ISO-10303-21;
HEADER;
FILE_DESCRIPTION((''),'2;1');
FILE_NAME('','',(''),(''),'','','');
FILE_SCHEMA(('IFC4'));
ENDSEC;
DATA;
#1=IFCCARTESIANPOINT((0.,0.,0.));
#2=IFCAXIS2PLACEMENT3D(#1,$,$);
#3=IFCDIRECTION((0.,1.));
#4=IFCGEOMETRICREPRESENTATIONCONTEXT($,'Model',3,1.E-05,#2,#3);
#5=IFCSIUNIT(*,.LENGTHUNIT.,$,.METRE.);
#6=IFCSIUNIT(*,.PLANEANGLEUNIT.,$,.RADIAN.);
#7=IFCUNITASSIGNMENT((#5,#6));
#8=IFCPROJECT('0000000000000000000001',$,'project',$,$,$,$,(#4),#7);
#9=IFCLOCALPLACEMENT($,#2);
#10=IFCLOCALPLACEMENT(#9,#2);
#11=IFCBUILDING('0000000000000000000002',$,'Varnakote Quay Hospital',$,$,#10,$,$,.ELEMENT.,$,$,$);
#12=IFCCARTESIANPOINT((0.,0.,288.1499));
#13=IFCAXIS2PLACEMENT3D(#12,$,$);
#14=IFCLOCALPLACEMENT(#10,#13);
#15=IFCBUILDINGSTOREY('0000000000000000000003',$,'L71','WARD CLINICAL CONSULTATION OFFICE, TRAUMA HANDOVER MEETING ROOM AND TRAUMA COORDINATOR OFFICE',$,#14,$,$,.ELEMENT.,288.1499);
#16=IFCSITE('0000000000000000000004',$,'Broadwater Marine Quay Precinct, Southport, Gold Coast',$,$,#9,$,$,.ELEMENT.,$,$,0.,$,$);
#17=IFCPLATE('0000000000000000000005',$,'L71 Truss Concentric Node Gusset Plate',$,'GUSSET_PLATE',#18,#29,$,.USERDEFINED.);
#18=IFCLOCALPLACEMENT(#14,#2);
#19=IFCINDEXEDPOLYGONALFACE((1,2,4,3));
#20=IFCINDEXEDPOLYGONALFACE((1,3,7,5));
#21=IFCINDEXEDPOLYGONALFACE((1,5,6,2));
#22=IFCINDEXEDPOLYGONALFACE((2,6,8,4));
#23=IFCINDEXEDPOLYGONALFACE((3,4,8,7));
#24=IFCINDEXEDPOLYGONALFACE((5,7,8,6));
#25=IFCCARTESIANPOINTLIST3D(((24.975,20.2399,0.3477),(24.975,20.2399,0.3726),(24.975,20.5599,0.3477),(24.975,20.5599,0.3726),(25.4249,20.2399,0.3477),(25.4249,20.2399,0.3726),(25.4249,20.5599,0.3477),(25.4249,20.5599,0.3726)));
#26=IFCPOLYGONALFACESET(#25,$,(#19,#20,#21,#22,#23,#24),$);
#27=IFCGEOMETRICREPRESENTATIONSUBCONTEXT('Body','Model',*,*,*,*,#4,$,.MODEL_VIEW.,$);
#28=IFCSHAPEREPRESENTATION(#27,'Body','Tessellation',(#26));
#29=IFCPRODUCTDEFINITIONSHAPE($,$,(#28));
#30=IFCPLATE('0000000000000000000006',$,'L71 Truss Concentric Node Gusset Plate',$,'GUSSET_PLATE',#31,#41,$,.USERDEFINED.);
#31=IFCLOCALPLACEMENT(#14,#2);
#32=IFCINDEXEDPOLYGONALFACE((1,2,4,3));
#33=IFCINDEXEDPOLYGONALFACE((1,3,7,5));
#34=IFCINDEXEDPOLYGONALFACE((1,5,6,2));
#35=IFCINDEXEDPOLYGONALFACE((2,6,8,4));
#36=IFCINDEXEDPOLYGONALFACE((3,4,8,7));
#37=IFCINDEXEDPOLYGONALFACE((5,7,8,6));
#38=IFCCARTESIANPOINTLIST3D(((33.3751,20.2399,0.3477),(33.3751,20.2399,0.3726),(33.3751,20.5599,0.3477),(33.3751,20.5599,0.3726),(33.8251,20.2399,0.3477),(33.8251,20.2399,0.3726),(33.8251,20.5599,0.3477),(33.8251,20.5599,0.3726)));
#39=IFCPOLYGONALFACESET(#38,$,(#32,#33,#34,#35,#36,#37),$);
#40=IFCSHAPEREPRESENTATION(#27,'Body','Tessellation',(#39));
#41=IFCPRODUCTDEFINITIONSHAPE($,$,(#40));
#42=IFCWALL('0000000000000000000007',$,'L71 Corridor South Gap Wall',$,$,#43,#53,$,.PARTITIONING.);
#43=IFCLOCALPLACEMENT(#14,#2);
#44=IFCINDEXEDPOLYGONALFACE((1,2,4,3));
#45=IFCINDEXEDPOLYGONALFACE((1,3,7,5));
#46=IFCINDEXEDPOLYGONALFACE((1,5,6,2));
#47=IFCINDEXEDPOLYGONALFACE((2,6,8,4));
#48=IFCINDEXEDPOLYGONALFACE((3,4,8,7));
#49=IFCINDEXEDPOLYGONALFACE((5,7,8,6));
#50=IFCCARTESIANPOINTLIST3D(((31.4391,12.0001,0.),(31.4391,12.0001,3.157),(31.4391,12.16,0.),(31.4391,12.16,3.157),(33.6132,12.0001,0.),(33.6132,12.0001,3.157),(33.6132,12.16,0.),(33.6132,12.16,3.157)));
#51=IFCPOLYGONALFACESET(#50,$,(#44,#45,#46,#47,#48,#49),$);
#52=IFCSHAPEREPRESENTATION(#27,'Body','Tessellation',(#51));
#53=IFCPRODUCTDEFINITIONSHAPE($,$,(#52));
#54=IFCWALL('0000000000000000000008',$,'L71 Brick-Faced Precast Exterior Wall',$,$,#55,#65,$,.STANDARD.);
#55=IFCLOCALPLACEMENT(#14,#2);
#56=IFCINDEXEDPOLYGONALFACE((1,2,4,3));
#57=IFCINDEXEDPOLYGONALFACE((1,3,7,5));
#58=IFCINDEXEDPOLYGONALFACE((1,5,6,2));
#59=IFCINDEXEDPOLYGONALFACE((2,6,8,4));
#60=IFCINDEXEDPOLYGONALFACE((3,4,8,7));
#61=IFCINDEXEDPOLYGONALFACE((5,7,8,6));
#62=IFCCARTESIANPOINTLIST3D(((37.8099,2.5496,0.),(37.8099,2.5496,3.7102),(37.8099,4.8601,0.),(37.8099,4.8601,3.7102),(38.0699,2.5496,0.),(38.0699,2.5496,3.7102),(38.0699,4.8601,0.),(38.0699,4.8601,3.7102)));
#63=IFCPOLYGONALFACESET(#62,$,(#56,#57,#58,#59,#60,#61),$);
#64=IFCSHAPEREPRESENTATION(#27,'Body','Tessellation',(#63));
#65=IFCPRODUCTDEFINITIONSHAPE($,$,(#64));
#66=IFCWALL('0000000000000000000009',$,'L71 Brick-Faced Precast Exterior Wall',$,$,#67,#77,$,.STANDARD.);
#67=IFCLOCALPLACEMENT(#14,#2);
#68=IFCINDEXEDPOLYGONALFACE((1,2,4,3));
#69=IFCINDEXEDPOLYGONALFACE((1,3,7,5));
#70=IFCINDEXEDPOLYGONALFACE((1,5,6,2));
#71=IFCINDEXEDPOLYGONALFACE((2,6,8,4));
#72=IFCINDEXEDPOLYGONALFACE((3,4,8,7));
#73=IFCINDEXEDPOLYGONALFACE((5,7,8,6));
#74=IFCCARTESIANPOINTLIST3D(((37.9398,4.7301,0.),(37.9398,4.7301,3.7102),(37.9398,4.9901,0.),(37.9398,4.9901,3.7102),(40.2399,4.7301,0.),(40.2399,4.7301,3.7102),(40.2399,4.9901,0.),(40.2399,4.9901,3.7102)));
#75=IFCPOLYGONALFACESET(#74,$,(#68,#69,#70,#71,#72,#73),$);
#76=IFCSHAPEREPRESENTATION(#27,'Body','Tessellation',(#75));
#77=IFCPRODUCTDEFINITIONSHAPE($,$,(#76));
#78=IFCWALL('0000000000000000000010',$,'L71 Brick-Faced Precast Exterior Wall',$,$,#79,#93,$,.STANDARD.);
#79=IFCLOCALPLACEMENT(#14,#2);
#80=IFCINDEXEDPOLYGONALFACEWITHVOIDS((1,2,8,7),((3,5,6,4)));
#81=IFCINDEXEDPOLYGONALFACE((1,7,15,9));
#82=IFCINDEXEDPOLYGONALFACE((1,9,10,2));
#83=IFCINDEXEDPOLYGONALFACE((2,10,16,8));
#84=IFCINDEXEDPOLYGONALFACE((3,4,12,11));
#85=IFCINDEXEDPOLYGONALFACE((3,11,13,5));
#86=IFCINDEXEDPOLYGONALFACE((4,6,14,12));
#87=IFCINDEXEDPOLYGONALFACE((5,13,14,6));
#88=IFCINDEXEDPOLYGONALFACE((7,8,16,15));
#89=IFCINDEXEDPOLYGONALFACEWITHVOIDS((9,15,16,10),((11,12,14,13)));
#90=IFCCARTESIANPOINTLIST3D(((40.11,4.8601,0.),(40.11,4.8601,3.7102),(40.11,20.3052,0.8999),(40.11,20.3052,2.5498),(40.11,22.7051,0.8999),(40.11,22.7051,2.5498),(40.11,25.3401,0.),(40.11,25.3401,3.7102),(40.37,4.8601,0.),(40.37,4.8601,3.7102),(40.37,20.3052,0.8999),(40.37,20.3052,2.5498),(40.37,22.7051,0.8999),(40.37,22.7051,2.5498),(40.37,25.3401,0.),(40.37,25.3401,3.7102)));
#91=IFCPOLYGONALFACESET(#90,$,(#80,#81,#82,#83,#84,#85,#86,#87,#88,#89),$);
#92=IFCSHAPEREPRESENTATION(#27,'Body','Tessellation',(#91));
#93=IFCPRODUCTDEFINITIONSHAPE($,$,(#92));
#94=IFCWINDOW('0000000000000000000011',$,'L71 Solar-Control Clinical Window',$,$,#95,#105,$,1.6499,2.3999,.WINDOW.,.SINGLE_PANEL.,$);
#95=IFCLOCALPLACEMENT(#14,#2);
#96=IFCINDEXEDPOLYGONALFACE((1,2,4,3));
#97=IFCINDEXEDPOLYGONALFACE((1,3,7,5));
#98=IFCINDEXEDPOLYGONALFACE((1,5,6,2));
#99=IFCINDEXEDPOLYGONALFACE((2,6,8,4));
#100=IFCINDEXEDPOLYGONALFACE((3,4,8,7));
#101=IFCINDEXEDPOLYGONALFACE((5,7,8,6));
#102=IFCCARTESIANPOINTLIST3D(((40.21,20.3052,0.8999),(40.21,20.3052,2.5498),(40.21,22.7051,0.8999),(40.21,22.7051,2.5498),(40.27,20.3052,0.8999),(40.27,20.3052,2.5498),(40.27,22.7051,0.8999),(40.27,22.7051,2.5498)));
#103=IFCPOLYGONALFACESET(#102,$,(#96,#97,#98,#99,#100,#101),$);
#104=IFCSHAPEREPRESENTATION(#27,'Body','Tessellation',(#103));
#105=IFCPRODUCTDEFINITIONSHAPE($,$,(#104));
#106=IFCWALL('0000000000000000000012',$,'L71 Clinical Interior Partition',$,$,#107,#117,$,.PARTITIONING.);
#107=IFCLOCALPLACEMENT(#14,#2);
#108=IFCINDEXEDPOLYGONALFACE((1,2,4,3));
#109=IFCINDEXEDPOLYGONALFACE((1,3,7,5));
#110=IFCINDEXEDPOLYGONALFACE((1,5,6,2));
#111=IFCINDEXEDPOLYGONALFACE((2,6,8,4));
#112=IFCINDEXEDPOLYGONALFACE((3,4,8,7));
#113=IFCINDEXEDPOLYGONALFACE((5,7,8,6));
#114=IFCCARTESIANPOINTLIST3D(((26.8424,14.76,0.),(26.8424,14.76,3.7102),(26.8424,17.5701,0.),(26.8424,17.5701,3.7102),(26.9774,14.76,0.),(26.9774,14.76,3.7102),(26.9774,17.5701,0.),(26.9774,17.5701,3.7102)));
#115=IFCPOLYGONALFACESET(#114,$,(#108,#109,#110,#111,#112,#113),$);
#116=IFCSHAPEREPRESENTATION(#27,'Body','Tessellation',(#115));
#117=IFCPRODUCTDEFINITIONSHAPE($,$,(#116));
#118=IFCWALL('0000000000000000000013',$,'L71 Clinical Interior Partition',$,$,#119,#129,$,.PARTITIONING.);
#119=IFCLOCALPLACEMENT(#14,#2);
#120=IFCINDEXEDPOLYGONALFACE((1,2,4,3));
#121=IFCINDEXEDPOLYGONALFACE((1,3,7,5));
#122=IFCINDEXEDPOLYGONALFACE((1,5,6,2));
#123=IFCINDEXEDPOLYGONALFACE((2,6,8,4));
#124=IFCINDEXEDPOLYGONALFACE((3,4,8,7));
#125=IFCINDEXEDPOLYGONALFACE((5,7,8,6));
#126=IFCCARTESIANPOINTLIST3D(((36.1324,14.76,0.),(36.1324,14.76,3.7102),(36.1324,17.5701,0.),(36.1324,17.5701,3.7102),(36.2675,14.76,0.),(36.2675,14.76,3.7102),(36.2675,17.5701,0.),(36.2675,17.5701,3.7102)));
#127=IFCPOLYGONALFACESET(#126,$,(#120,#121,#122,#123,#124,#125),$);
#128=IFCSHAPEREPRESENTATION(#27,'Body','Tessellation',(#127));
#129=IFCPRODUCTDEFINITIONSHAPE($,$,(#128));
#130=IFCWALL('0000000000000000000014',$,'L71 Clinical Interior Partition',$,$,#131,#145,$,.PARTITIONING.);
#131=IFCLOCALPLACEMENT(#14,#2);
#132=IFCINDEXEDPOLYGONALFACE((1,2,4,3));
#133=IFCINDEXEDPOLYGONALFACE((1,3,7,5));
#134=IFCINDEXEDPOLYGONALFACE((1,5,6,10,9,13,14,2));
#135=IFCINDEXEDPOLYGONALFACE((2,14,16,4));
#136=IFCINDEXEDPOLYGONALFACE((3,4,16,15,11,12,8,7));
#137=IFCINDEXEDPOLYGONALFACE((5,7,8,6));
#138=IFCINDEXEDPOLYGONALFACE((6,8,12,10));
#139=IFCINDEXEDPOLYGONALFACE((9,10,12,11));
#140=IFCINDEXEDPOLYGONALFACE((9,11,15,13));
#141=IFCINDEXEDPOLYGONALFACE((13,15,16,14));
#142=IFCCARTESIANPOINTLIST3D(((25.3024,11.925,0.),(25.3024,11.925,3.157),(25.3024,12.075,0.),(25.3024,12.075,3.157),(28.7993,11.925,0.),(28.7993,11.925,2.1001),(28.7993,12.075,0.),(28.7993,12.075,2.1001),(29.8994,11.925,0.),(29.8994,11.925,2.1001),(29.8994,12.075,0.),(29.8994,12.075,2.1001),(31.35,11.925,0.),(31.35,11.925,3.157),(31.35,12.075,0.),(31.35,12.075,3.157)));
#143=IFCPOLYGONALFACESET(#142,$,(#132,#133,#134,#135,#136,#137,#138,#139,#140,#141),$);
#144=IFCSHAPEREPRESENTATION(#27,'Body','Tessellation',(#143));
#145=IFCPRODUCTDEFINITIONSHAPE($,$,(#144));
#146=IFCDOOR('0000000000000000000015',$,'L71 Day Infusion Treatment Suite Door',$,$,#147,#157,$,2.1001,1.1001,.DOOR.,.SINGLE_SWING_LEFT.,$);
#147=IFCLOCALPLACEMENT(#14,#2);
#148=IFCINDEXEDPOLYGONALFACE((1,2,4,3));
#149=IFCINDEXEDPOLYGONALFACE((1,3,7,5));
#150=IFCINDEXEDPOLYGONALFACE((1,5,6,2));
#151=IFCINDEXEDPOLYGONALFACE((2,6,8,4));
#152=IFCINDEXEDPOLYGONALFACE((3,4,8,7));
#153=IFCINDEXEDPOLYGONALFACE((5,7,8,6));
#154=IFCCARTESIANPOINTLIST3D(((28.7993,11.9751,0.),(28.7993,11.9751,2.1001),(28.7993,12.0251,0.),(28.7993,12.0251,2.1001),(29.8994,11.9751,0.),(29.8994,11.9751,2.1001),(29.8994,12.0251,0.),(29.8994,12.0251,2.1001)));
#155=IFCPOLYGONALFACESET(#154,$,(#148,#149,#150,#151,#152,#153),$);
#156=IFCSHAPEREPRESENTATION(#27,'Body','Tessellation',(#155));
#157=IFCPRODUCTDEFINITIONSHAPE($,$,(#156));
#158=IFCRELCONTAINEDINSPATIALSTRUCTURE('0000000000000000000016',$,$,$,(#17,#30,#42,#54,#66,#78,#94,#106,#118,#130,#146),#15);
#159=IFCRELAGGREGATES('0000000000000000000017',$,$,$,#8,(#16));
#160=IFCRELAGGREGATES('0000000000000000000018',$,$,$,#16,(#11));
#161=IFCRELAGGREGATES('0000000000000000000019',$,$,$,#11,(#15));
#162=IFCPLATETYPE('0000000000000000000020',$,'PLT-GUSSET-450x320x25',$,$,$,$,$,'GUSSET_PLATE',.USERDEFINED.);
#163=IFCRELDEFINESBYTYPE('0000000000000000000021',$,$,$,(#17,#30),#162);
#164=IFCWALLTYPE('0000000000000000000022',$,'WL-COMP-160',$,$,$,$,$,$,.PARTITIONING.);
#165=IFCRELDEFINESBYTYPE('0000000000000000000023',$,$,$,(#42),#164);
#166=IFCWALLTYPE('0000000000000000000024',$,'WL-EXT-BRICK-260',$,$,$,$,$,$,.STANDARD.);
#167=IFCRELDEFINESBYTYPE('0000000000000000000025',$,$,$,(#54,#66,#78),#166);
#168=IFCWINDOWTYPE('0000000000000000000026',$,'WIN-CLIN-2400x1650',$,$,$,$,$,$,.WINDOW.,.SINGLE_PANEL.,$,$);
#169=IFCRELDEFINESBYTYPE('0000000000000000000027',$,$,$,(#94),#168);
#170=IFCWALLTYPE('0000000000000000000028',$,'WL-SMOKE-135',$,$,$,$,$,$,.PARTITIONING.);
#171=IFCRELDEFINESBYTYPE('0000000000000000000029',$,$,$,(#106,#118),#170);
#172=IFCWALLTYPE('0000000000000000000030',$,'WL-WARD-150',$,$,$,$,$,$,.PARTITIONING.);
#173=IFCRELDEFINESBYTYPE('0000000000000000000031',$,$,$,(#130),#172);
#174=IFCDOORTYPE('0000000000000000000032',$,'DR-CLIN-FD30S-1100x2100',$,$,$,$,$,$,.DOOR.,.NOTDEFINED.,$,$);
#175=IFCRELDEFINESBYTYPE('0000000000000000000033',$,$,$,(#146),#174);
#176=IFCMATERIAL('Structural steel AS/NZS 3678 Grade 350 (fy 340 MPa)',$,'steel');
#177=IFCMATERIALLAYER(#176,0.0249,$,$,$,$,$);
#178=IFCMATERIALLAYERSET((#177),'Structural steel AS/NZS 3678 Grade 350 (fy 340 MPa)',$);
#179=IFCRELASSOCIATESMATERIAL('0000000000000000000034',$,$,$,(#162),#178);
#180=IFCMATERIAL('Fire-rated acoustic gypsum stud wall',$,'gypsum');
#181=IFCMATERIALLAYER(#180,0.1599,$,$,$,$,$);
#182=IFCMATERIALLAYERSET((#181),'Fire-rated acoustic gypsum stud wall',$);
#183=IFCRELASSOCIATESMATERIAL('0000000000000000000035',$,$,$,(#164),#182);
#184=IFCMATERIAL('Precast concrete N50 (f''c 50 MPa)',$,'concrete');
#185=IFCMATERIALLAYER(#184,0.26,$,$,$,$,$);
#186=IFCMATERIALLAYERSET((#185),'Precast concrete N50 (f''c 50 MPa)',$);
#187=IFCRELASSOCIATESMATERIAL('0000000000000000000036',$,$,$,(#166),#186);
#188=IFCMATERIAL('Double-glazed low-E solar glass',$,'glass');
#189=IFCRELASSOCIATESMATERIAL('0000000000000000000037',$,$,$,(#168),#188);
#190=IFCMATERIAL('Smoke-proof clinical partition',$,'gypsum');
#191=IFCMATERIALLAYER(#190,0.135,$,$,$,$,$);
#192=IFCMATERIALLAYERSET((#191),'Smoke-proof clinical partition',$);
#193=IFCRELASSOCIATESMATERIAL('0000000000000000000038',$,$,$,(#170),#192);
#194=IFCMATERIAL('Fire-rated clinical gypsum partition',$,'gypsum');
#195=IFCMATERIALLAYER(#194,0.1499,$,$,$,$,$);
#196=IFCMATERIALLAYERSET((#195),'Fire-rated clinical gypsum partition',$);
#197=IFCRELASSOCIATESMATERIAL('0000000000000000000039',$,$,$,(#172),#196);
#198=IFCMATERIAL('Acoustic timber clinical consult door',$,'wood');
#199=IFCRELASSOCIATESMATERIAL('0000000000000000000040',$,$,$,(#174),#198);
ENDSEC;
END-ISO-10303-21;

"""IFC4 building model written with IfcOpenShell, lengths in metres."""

from ifc_helpers import new_model, si_unit, direction, frame, frame_2d, origin, origin_2d, place, context, subcontext, project, spatial, rectangle, extrude, material, layer, layer_set, type_object, element, fill, save


model = new_model("IFC4")

# Units and contexts
model_context = context("Model", 3, precision=1e-05, world=origin(), true_north=direction((0.0, 1.0)))
body_context = subcontext(model_context, "Body", "Model", "MODEL_VIEW")
ifc_project = project(units=[si_unit("LENGTHUNIT", "METRE"), si_unit("PLANEANGLEUNIT", "RADIAN")], contexts=[model_context])

# Site, building, storey
site_placement = place(None, origin())
site = spatial("IfcSite", under=ifc_project, at=site_placement, Name="Broadwater Marine Quay Precinct, Southport, Gold Coast", CompositionType="ELEMENT", RefElevation=0.0)
building_placement = place(site_placement, origin())
building = spatial("IfcBuilding", under=site, at=building_placement, Name="Varnakote Quay Hospital", CompositionType="ELEMENT")
storey_placement = place(building_placement, frame((0.0, 0.0, 288.1499)))
storey = spatial("IfcBuildingStorey", under=building, at=storey_placement, Name="L71", Description="WARD CLINICAL CONSULTATION OFFICE, TRAUMA HANDOVER MEETING ROOM AND TRAUMA COORDINATOR OFFICE", CompositionType="ELEMENT", Elevation=288.1499)

# Plates
ifc_material_1 = material(Name="Structural steel AS/NZS 3678 Grade 350 (fy 340 MPa)", Category="steel")
ifc_layer_1 = layer(ifc_material_1, 0.0249)
ifc_layer_set_1 = layer_set([ifc_layer_1], Name="Structural steel AS/NZS 3678 Grade 350 (fy 340 MPa)")
plate_type_1 = type_object("IfcPlateType", Name="PLT-GUSSET-450x320x25", ElementType="GUSSET_PLATE", PredefinedType="USERDEFINED", material=ifc_layer_set_1)
for number, where, z_axis, x_axis, name in (
    (1, (25.2, 20.3999, 0.3477), (0.0, 0.0, 1.0), (1.0, 0.0, 0.0), "L71 Truss Concentric Node Gusset Plate"),
    (2, (33.6001, 20.3999, 0.3477), (0.0, 0.0, 1.0), (1.0, 0.0, 0.0), "L71 Truss Concentric Node Gusset Plate"),
):
    element("IfcPlate", number, at=place(storey_placement, frame(where, z_axis=z_axis, x_axis=x_axis)), inside=storey, type_object=plate_type_1, Name=name, ObjectType="GUSSET_PLATE", PredefinedType="USERDEFINED", context=body_context, shape_type="SweptSolid", body=[
        extrude(rectangle(XDim=0.45, YDim=0.3201, at=origin_2d()), origin(), (0.0, 0.0, 1.0), 0.0249),
    ])

# Walls
ifc_material_2 = material(Name="Fire-rated acoustic gypsum stud wall", Category="gypsum")
ifc_layer_2 = layer(ifc_material_2, 0.1599)
ifc_layer_set_2 = layer_set([ifc_layer_2], Name="Fire-rated acoustic gypsum stud wall")
wall_type_1 = type_object("IfcWallType", Name="WL-COMP-160", PredefinedType="PARTITIONING", material=ifc_layer_set_2)
wall_1_placement = place(storey_placement, frame((31.4392, 12.0801, 0.0), z_axis=(0.0, 0.0, 1.0), x_axis=(1.0, 0.0, 0.0)))
element("IfcWall", 3, at=wall_1_placement, inside=storey, type_object=wall_type_1, Name="L71 Corridor South Gap Wall", PredefinedType="PARTITIONING", context=body_context, shape_type="SweptSolid", body=[
    extrude(rectangle(XDim=2.1741, YDim=0.1599, at=frame_2d((1.0869, 0.0))), origin(), (0.0, 0.0, 1.0), 3.157),
])
ifc_material_3 = material(Name="Precast concrete N50 (f'c 50 MPa)", Category="concrete")
ifc_layer_3 = layer(ifc_material_3, 0.26)
ifc_layer_set_3 = layer_set([ifc_layer_3], Name="Precast concrete N50 (f'c 50 MPa)")
wall_type_2 = type_object("IfcWallType", Name="WL-EXT-BRICK-260", PredefinedType="STANDARD", material=ifc_layer_set_3)
wall_2_placement = place(storey_placement, frame((37.9399, 2.5496, 0.0), z_axis=(0.0, 0.0, 1.0), x_axis=(0.0, 1.0, 0.0)))
element("IfcWall", 4, at=wall_2_placement, inside=storey, type_object=wall_type_2, Name="L71 Brick-Faced Precast Exterior Wall", PredefinedType="STANDARD", context=body_context, shape_type="SweptSolid", body=[
    extrude(rectangle(XDim=2.3105, YDim=0.26, at=frame_2d((1.1553, 0.0))), origin(), (0.0, 0.0, 1.0), 3.7102),
])
wall_3_placement = place(storey_placement, frame((37.9399, 4.8601, 0.0), z_axis=(0.0, 0.0, 1.0), x_axis=(1.0, 0.0, 0.0)))
element("IfcWall", 5, at=wall_3_placement, inside=storey, type_object=wall_type_2, Name="L71 Brick-Faced Precast Exterior Wall", PredefinedType="STANDARD", context=body_context, shape_type="SweptSolid", body=[
    extrude(rectangle(XDim=2.3, YDim=0.26, at=frame_2d((1.1499, 0.0))), origin(), (0.0, 0.0, 1.0), 3.7102),
])

# Wall, opening, window
wall_4_placement = place(storey_placement, frame((40.24, 4.8601, 0.0), z_axis=(0.0, 0.0, 1.0), x_axis=(0.0, 1.0, 0.0)))
wall_4 = element("IfcWall", 6, at=wall_4_placement, inside=storey, type_object=wall_type_2, Name="L71 Brick-Faced Precast Exterior Wall", PredefinedType="STANDARD", context=body_context, shape_type="SweptSolid", body=[
    extrude(rectangle(XDim=20.48, YDim=0.26, at=frame_2d((10.24, 0.0))), origin(), (0.0, 0.0, 1.0), 3.7102),
])
opening_1_placement = place(wall_4_placement, frame((15.4451, 0.0, 0.8999)))
opening_1 = element("IfcOpeningElement", 7, at=opening_1_placement, cuts=wall_4, PredefinedType="OPENING", context=body_context, shape_type="SweptSolid", body=[
    extrude(rectangle(XDim=2.3999, YDim=1.6499, at=frame_2d((1.2, 0.825))), frame((0.0, 0.1399, 0.0), z_axis=(0.0, -1.0, 0.0), x_axis=(1.0, 0.0, 0.0)), (0.0, 0.0, 1.0), 0.28),
])
ifc_material_4 = material(Name="Double-glazed low-E solar glass", Category="glass")
window_type = type_object("IfcWindowType", Name="WIN-CLIN-2400x1650", PartitioningType="SINGLE_PANEL", PredefinedType="WINDOW", material=ifc_material_4)
window_placement = place(opening_1_placement, origin())
window = element("IfcWindow", 8, at=window_placement, inside=storey, type_object=window_type, Name="L71 Solar-Control Clinical Window", OverallHeight=1.6499, OverallWidth=2.3999, PartitioningType="SINGLE_PANEL", PredefinedType="WINDOW", context=body_context, shape_type="SweptSolid", body=[
    extrude(rectangle(XDim=2.3999, YDim=1.6499, at=frame_2d((1.2, 0.825))), frame((0.0, 0.03, 0.0), z_axis=(0.0, -1.0, 0.0), x_axis=(1.0, 0.0, 0.0)), (0.0, 0.0, 1.0), 0.0601),
])
fill(opening_1, window)

# Walls
ifc_material_5 = material(Name="Smoke-proof clinical partition", Category="gypsum")
ifc_layer_4 = layer(ifc_material_5, 0.135)
ifc_layer_set_4 = layer_set([ifc_layer_4], Name="Smoke-proof clinical partition")
wall_type_3 = type_object("IfcWallType", Name="WL-SMOKE-135", PredefinedType="PARTITIONING", material=ifc_layer_set_4)
for number, where, z_axis, x_axis, name in (
    (9, (26.9099, 14.76, 0.0), (0.0, 0.0, 1.0), (0.0, 1.0, 0.0), "L71 Clinical Interior Partition"),
    (10, (36.2, 14.76, 0.0), (0.0, 0.0, 1.0), (0.0, 1.0, 0.0), "L71 Clinical Interior Partition"),
):
    element("IfcWall", number, at=place(storey_placement, frame(where, z_axis=z_axis, x_axis=x_axis)), inside=storey, type_object=wall_type_3, Name=name, PredefinedType="PARTITIONING", context=body_context, shape_type="SweptSolid", body=[
        extrude(rectangle(XDim=2.8101, YDim=0.135, at=frame_2d((1.405, 0.0))), origin(), (0.0, 0.0, 1.0), 3.7102),
    ])

# Wall, opening, door
ifc_material_6 = material(Name="Fire-rated clinical gypsum partition", Category="gypsum")
ifc_layer_5 = layer(ifc_material_6, 0.1499)
ifc_layer_set_5 = layer_set([ifc_layer_5], Name="Fire-rated clinical gypsum partition")
wall_type_4 = type_object("IfcWallType", Name="WL-WARD-150", PredefinedType="PARTITIONING", material=ifc_layer_set_5)
wall_5_placement = place(storey_placement, frame((31.3501, 12.0, 0.0), z_axis=(0.0, 0.0, 1.0), x_axis=(-1.0, 0.0, 0.0)))
wall_5 = element("IfcWall", 11, at=wall_5_placement, inside=storey, type_object=wall_type_4, Name="L71 Clinical Interior Partition", PredefinedType="PARTITIONING", context=body_context, shape_type="SweptSolid", body=[
    extrude(rectangle(XDim=6.0476, YDim=0.1499, at=frame_2d((3.0239, 0.0))), origin(), (0.0, 0.0, 1.0), 3.157),
])
opening_2_placement = place(wall_5_placement, frame((1.4507, 0.0, 0.0)))
opening_2 = element("IfcOpeningElement", 12, at=opening_2_placement, cuts=wall_5, PredefinedType="OPENING", context=body_context, shape_type="SweptSolid", body=[
    extrude(rectangle(XDim=1.1001, YDim=2.1001, at=frame_2d((0.55, 1.05))), frame((0.0, 0.085, 0.0), z_axis=(0.0, -1.0, 0.0), x_axis=(1.0, 0.0, 0.0)), (0.0, 0.0, 1.0), 0.1699),
])
ifc_material_7 = material(Name="Acoustic timber clinical consult door", Category="wood")
door_type = type_object("IfcDoorType", Name="DR-CLIN-FD30S-1100x2100", OperationType="NOTDEFINED", PredefinedType="DOOR", material=ifc_material_7)
door_1_placement = place(opening_2_placement, origin())
door_1 = element("IfcDoor", 13, at=door_1_placement, inside=storey, type_object=door_type, Name="L71 Day Infusion Treatment Suite Door", OperationType="SINGLE_SWING_LEFT", OverallHeight=2.1001, OverallWidth=1.1001, PredefinedType="DOOR", context=body_context, shape_type="SweptSolid", body=[
    extrude(rectangle(XDim=1.1001, YDim=2.1001, at=frame_2d((0.55, 1.05))), frame((0.0, 0.0249, 0.0), z_axis=(0.0, -1.0, 0.0), x_axis=(1.0, 0.0, 0.0)), (0.0, 0.0, 1.0), 0.05),
])
fill(opening_2, door_1)

save(model, "model.ifc")
